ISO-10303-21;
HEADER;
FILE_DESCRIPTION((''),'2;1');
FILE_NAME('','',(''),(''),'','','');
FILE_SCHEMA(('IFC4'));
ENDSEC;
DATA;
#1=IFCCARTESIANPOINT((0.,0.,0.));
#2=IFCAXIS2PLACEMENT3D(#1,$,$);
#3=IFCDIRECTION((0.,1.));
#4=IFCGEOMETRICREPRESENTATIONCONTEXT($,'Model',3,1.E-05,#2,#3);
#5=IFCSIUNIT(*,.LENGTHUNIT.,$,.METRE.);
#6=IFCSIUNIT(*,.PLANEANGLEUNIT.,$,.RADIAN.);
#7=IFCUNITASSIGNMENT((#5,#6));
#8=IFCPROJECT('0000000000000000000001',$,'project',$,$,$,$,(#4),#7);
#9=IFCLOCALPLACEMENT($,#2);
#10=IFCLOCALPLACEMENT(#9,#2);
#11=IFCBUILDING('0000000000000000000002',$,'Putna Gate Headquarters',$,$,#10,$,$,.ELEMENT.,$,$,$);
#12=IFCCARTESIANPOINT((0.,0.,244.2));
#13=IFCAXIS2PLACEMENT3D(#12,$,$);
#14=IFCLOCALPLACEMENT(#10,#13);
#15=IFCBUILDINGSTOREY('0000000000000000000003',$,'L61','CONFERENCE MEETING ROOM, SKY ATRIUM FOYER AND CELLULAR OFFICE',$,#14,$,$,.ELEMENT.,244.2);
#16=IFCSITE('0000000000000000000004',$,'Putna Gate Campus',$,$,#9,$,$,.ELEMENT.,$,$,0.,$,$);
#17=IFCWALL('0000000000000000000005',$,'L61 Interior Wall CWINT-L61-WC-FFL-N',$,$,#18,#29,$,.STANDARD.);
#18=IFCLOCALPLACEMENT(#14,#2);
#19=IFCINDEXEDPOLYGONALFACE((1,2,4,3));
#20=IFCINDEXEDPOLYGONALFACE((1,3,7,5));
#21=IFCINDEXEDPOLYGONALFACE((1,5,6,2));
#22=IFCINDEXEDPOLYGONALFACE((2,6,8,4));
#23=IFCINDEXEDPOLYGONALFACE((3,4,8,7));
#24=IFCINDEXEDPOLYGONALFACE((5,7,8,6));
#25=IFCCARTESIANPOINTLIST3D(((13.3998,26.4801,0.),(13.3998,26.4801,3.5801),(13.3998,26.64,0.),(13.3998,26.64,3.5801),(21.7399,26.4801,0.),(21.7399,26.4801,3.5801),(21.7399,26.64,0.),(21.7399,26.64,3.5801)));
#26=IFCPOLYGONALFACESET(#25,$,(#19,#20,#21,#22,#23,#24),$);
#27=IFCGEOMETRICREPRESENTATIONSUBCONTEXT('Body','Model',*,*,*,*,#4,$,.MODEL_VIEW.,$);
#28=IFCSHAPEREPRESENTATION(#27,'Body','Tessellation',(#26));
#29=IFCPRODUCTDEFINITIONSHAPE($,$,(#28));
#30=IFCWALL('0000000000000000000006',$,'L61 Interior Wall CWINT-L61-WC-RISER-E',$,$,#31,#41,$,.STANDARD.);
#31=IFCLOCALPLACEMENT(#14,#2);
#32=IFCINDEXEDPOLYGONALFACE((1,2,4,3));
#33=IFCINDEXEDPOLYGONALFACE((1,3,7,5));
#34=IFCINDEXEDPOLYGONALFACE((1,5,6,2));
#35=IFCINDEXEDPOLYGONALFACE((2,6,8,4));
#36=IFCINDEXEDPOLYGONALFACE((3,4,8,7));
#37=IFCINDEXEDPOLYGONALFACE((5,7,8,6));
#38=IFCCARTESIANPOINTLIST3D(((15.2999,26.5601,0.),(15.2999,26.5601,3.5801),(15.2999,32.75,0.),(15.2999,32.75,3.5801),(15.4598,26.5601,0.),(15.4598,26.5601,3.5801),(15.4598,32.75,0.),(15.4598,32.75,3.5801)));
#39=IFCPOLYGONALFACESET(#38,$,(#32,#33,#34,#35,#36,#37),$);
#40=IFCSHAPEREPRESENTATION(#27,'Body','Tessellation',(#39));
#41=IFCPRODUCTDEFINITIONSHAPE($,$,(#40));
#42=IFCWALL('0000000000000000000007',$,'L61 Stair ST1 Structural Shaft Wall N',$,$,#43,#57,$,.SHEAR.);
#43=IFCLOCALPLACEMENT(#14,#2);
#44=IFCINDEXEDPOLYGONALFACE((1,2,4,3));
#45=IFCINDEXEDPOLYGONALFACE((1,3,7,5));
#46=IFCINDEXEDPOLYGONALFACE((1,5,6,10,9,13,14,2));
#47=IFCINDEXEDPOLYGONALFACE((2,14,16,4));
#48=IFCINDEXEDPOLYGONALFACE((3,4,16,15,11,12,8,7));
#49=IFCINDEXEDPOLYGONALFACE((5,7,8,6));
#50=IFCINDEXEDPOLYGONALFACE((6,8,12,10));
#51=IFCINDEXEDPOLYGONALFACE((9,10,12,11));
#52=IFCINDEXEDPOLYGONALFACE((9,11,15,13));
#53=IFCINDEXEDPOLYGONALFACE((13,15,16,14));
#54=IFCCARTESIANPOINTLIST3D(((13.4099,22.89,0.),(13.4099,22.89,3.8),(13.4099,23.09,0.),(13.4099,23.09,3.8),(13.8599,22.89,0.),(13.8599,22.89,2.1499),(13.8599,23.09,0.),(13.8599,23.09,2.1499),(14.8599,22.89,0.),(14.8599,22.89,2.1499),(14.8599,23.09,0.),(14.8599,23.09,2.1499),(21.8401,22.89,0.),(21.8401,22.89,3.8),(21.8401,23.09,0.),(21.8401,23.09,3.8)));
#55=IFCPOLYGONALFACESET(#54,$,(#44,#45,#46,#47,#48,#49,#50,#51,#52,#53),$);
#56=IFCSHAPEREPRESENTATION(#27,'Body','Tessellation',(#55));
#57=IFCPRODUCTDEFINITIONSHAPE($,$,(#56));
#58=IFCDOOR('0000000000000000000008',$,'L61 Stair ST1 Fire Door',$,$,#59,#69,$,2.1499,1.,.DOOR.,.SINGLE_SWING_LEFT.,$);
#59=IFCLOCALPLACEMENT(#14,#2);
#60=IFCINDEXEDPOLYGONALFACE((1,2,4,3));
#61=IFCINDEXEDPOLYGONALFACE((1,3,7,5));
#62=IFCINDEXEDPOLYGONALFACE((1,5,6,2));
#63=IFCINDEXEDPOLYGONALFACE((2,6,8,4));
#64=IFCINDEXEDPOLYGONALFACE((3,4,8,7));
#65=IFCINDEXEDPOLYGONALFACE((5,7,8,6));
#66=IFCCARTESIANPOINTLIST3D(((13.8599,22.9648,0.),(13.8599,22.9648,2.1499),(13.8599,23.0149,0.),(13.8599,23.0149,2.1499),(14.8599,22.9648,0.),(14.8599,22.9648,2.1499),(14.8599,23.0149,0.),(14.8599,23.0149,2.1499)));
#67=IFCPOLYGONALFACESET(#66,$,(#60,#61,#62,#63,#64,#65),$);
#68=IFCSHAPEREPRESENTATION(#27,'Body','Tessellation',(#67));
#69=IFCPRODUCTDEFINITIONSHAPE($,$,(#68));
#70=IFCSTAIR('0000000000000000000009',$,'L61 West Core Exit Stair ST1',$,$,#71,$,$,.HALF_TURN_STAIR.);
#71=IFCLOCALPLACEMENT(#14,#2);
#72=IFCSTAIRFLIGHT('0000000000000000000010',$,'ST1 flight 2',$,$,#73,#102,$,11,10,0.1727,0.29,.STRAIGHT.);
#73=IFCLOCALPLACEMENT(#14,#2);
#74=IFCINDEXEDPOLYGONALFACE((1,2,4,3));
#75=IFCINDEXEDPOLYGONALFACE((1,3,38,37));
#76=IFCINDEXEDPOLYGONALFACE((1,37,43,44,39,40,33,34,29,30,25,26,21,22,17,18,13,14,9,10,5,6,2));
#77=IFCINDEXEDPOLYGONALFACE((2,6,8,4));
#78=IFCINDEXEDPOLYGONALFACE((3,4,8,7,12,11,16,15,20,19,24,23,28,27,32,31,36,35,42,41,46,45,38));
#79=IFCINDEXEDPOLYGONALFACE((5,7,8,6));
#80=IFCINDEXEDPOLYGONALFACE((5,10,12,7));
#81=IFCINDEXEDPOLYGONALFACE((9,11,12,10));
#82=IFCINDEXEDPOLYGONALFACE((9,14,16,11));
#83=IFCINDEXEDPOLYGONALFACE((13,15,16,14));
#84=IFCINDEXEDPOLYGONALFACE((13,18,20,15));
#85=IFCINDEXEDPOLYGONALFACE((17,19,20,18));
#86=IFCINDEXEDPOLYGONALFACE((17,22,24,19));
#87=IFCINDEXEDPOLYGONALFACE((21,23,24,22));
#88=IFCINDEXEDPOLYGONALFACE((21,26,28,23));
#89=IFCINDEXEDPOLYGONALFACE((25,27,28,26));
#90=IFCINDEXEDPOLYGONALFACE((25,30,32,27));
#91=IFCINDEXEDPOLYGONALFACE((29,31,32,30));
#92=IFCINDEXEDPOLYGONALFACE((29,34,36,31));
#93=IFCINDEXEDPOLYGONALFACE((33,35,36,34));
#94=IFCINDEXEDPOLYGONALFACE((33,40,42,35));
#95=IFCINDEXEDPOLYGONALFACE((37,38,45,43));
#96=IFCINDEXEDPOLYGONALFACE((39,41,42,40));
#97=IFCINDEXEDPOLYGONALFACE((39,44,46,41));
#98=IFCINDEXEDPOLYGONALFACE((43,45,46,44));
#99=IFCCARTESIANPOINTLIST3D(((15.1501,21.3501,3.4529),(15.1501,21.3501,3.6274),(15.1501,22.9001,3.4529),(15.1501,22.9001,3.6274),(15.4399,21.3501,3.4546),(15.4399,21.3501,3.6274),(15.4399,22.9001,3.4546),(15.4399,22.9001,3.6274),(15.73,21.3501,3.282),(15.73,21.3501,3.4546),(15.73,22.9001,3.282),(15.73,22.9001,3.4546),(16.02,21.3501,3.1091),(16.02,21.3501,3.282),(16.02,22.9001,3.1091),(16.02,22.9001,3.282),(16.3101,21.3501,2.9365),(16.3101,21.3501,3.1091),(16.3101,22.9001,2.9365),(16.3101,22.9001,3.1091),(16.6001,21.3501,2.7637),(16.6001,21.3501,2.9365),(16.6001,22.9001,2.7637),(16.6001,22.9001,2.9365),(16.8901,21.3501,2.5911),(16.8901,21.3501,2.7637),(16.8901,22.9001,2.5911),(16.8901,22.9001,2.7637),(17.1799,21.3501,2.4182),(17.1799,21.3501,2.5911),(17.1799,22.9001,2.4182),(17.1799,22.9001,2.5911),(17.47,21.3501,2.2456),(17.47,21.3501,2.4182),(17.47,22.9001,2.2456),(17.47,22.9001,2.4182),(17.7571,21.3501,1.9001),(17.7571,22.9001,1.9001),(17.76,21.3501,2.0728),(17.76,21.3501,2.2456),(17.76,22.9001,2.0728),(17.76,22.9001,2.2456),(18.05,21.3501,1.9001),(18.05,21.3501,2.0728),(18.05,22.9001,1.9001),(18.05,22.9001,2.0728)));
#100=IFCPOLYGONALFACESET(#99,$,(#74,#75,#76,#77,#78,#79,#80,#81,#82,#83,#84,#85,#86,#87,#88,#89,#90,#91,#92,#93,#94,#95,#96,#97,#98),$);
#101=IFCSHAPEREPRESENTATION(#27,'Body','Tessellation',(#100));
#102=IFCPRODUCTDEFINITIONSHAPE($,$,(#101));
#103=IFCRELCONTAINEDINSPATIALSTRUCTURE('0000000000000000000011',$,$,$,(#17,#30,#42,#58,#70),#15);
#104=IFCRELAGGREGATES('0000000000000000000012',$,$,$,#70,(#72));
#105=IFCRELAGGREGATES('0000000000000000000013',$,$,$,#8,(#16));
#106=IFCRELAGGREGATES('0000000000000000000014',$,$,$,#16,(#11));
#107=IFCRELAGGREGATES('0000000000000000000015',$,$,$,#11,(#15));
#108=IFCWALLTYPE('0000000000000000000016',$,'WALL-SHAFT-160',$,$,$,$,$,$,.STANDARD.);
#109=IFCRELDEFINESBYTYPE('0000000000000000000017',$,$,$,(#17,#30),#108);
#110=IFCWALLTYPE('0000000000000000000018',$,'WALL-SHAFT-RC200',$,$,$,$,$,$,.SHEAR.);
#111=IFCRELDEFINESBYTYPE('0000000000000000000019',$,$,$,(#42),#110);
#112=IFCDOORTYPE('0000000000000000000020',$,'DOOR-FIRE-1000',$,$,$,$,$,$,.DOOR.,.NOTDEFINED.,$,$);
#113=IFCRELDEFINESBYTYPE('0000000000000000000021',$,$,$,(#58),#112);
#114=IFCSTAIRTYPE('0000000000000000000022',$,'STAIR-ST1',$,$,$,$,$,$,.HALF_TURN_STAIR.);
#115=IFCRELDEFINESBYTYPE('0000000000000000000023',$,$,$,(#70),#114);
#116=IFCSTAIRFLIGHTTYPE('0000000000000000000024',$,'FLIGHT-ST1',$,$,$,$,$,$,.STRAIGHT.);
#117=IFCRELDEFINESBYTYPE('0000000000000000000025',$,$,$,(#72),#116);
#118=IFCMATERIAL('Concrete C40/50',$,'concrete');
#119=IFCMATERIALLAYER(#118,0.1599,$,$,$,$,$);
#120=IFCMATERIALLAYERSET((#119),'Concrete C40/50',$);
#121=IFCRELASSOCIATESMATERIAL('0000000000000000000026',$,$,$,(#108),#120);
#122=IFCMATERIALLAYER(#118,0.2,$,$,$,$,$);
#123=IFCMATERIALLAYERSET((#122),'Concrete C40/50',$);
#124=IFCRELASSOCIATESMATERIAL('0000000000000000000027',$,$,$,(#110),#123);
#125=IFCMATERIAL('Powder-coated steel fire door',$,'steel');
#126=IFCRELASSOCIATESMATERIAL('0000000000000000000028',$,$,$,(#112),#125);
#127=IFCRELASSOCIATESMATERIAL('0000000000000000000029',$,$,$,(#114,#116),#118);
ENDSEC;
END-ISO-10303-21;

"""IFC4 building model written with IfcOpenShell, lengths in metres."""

from ifc_helpers import new_model, si_unit, direction, frame, frame_2d, origin, place, context, subcontext, project, spatial, polyline, rectangle, outline, extrude, material, layer, layer_set, type_object, element, fill, aggregate, save


model = new_model("IFC4")

# Units and contexts
model_context = context("Model", 3, precision=1e-05, world=origin(), true_north=direction((0.0, 1.0)))
body_context = subcontext(model_context, "Body", "Model", "MODEL_VIEW")
ifc_project = project(units=[si_unit("LENGTHUNIT", "METRE"), si_unit("PLANEANGLEUNIT", "RADIAN")], contexts=[model_context])

# Site, building, storey
site_placement = place(None, origin())
site = spatial("IfcSite", under=ifc_project, at=site_placement, Name="Putna Gate Campus", CompositionType="ELEMENT", RefElevation=0.0)
building_placement = place(site_placement, origin())
building = spatial("IfcBuilding", under=site, at=building_placement, Name="Putna Gate Headquarters", CompositionType="ELEMENT")
storey_placement = place(building_placement, frame((0.0, 0.0, 244.2)))
storey = spatial("IfcBuildingStorey", under=building, at=storey_placement, Name="L61", Description="CONFERENCE MEETING ROOM, SKY ATRIUM FOYER AND CELLULAR OFFICE", CompositionType="ELEMENT", Elevation=244.2)

# Walls
ifc_material_1 = material(Name="Concrete C40/50", Category="concrete")
ifc_layer_1 = layer(ifc_material_1, 0.1599)
ifc_layer_set_1 = layer_set([ifc_layer_1], Name="Concrete C40/50")
wall_type_1 = type_object("IfcWallType", Name="WALL-SHAFT-160", PredefinedType="STANDARD", material=ifc_layer_set_1)
wall_1_placement = place(storey_placement, frame((13.3999, 26.5601, 0.0), z_axis=(0.0, 0.0, 1.0), x_axis=(1.0, 0.0, 0.0)))
element("IfcWall", 1, at=wall_1_placement, inside=storey, type_object=wall_type_1, Name="L61 Interior Wall CWINT-L61-WC-FFL-N", PredefinedType="STANDARD", context=body_context, shape_type="SweptSolid", body=[
    extrude(rectangle(XDim=8.3401, YDim=0.1599, at=frame_2d((4.1699, 0.0))), origin(), (0.0, 0.0, 1.0), 3.5801),
])
wall_2_placement = place(storey_placement, frame((15.3799, 26.5601, 0.0), z_axis=(0.0, 0.0, 1.0), x_axis=(0.0, 1.0, 0.0)))
element("IfcWall", 2, at=wall_2_placement, inside=storey, type_object=wall_type_1, Name="L61 Interior Wall CWINT-L61-WC-RISER-E", PredefinedType="STANDARD", context=body_context, shape_type="SweptSolid", body=[
    extrude(rectangle(XDim=6.1899, YDim=0.1599, at=frame_2d((3.095, 0.0))), origin(), (0.0, 0.0, 1.0), 3.5801),
])

# Wall, opening, door
ifc_layer_2 = layer(ifc_material_1, 0.2)
ifc_layer_set_2 = layer_set([ifc_layer_2], Name="Concrete C40/50")
wall_type_2 = type_object("IfcWallType", Name="WALL-SHAFT-RC200", PredefinedType="SHEAR", material=ifc_layer_set_2)
wall_3_placement = place(storey_placement, frame((13.4099, 22.99, 0.0), z_axis=(0.0, 0.0, 1.0), x_axis=(1.0, 0.0, 0.0)))
wall_3 = element("IfcWall", 3, at=wall_3_placement, inside=storey, type_object=wall_type_2, Name="L61 Stair ST1 Structural Shaft Wall N", PredefinedType="SHEAR", context=body_context, shape_type="SweptSolid", body=[
    extrude(rectangle(XDim=8.4302, YDim=0.2, at=frame_2d((4.2151, 0.0))), origin(), (0.0, 0.0, 1.0), 3.8),
])
opening_1_placement = place(wall_3_placement, frame((0.45, 0.0, 0.0)))
opening_1 = element("IfcOpeningElement", 4, at=opening_1_placement, cuts=wall_3, PredefinedType="OPENING", context=body_context, shape_type="SweptSolid", body=[
    extrude(rectangle(XDim=1.0, YDim=2.1499, at=frame_2d((0.5, 1.075))), frame((0.0, 0.1099, 0.0), z_axis=(0.0, -1.0, 0.0), x_axis=(1.0, 0.0, 0.0)), (0.0, 0.0, 1.0), 0.22),
])
ifc_material_2 = material(Name="Powder-coated steel fire door", Category="steel")
door_type_1 = type_object("IfcDoorType", Name="DOOR-FIRE-1000", OperationType="NOTDEFINED", PredefinedType="DOOR", material=ifc_material_2)
door_1_placement = place(opening_1_placement, origin())
door_1 = element("IfcDoor", 5, at=door_1_placement, inside=storey, type_object=door_type_1, Name="L61 Stair ST1 Fire Door", OperationType="SINGLE_SWING_LEFT", OverallHeight=2.1499, OverallWidth=1.0, PredefinedType="DOOR", context=body_context, shape_type="SweptSolid", body=[
    extrude(rectangle(XDim=1.0, YDim=2.1499, at=frame_2d((0.5, 1.075))), frame((0.0, 0.0249, 0.0), z_axis=(0.0, -1.0, 0.0), x_axis=(1.0, 0.0, 0.0)), (0.0, 0.0, 1.0), 0.05),
])
fill(opening_1, door_1)

# Stair, stair flight
stair_type = type_object("IfcStairType", Name="STAIR-ST1", PredefinedType="HALF_TURN_STAIR", material=ifc_material_1)
stair_placement = place(storey_placement, origin())
stair = element("IfcStair", 6, at=stair_placement, inside=storey, type_object=stair_type, Name="L61 West Core Exit Stair ST1", PredefinedType="HALF_TURN_STAIR")
stair_flight_type = type_object("IfcStairFlightType", Name="FLIGHT-ST1", PredefinedType="STRAIGHT", material=ifc_material_1)
stair_flight_placement = place(storey_placement, frame((18.05, 22.125, 1.9001), z_axis=(0.0, 0.0, 1.0), x_axis=(-1.0, 0.0, 0.0)))
stair_flight = element("IfcStairFlight", 7, at=stair_flight_placement, type_object=stair_flight_type, Name="ST1 flight 2", NumberOfRisers=11, NumberOfTreads=10, PredefinedType="STRAIGHT", RiserHeight=0.1727, TreadLength=0.29, context=body_context, shape_type="SweptSolid", body=[
    extrude(outline(polyline([(0.0, 0.0), (0.0, 0.1726), (0.29, 0.1726), (0.29, 0.3455), (0.5801, 0.3455), (0.5801, 0.5181), (0.8701, 0.5181), (0.8701, 0.6909), (1.1599, 0.6909), (1.1599, 0.8635), (1.45, 0.8635), (1.45, 1.0364), (1.74, 1.0364), (1.74, 1.209), (2.03, 1.209), (2.03, 1.3818), (2.3201, 1.3818), (2.3201, 1.5544), (2.6101, 1.5544), (2.6101, 1.7273), (2.8999, 1.7273), (2.8999, 1.8999), (2.8999, 1.5527), (0.293, 0.0), (0.0, 0.0)])), frame((0.0, 0.7749, 0.0), z_axis=(0.0, -1.0, 0.0), x_axis=(1.0, 0.0, 0.0)), (0.0, 0.0, 1.0), 1.55),
])
aggregate(stair, [stair_flight])

save(model, "model.ifc")
